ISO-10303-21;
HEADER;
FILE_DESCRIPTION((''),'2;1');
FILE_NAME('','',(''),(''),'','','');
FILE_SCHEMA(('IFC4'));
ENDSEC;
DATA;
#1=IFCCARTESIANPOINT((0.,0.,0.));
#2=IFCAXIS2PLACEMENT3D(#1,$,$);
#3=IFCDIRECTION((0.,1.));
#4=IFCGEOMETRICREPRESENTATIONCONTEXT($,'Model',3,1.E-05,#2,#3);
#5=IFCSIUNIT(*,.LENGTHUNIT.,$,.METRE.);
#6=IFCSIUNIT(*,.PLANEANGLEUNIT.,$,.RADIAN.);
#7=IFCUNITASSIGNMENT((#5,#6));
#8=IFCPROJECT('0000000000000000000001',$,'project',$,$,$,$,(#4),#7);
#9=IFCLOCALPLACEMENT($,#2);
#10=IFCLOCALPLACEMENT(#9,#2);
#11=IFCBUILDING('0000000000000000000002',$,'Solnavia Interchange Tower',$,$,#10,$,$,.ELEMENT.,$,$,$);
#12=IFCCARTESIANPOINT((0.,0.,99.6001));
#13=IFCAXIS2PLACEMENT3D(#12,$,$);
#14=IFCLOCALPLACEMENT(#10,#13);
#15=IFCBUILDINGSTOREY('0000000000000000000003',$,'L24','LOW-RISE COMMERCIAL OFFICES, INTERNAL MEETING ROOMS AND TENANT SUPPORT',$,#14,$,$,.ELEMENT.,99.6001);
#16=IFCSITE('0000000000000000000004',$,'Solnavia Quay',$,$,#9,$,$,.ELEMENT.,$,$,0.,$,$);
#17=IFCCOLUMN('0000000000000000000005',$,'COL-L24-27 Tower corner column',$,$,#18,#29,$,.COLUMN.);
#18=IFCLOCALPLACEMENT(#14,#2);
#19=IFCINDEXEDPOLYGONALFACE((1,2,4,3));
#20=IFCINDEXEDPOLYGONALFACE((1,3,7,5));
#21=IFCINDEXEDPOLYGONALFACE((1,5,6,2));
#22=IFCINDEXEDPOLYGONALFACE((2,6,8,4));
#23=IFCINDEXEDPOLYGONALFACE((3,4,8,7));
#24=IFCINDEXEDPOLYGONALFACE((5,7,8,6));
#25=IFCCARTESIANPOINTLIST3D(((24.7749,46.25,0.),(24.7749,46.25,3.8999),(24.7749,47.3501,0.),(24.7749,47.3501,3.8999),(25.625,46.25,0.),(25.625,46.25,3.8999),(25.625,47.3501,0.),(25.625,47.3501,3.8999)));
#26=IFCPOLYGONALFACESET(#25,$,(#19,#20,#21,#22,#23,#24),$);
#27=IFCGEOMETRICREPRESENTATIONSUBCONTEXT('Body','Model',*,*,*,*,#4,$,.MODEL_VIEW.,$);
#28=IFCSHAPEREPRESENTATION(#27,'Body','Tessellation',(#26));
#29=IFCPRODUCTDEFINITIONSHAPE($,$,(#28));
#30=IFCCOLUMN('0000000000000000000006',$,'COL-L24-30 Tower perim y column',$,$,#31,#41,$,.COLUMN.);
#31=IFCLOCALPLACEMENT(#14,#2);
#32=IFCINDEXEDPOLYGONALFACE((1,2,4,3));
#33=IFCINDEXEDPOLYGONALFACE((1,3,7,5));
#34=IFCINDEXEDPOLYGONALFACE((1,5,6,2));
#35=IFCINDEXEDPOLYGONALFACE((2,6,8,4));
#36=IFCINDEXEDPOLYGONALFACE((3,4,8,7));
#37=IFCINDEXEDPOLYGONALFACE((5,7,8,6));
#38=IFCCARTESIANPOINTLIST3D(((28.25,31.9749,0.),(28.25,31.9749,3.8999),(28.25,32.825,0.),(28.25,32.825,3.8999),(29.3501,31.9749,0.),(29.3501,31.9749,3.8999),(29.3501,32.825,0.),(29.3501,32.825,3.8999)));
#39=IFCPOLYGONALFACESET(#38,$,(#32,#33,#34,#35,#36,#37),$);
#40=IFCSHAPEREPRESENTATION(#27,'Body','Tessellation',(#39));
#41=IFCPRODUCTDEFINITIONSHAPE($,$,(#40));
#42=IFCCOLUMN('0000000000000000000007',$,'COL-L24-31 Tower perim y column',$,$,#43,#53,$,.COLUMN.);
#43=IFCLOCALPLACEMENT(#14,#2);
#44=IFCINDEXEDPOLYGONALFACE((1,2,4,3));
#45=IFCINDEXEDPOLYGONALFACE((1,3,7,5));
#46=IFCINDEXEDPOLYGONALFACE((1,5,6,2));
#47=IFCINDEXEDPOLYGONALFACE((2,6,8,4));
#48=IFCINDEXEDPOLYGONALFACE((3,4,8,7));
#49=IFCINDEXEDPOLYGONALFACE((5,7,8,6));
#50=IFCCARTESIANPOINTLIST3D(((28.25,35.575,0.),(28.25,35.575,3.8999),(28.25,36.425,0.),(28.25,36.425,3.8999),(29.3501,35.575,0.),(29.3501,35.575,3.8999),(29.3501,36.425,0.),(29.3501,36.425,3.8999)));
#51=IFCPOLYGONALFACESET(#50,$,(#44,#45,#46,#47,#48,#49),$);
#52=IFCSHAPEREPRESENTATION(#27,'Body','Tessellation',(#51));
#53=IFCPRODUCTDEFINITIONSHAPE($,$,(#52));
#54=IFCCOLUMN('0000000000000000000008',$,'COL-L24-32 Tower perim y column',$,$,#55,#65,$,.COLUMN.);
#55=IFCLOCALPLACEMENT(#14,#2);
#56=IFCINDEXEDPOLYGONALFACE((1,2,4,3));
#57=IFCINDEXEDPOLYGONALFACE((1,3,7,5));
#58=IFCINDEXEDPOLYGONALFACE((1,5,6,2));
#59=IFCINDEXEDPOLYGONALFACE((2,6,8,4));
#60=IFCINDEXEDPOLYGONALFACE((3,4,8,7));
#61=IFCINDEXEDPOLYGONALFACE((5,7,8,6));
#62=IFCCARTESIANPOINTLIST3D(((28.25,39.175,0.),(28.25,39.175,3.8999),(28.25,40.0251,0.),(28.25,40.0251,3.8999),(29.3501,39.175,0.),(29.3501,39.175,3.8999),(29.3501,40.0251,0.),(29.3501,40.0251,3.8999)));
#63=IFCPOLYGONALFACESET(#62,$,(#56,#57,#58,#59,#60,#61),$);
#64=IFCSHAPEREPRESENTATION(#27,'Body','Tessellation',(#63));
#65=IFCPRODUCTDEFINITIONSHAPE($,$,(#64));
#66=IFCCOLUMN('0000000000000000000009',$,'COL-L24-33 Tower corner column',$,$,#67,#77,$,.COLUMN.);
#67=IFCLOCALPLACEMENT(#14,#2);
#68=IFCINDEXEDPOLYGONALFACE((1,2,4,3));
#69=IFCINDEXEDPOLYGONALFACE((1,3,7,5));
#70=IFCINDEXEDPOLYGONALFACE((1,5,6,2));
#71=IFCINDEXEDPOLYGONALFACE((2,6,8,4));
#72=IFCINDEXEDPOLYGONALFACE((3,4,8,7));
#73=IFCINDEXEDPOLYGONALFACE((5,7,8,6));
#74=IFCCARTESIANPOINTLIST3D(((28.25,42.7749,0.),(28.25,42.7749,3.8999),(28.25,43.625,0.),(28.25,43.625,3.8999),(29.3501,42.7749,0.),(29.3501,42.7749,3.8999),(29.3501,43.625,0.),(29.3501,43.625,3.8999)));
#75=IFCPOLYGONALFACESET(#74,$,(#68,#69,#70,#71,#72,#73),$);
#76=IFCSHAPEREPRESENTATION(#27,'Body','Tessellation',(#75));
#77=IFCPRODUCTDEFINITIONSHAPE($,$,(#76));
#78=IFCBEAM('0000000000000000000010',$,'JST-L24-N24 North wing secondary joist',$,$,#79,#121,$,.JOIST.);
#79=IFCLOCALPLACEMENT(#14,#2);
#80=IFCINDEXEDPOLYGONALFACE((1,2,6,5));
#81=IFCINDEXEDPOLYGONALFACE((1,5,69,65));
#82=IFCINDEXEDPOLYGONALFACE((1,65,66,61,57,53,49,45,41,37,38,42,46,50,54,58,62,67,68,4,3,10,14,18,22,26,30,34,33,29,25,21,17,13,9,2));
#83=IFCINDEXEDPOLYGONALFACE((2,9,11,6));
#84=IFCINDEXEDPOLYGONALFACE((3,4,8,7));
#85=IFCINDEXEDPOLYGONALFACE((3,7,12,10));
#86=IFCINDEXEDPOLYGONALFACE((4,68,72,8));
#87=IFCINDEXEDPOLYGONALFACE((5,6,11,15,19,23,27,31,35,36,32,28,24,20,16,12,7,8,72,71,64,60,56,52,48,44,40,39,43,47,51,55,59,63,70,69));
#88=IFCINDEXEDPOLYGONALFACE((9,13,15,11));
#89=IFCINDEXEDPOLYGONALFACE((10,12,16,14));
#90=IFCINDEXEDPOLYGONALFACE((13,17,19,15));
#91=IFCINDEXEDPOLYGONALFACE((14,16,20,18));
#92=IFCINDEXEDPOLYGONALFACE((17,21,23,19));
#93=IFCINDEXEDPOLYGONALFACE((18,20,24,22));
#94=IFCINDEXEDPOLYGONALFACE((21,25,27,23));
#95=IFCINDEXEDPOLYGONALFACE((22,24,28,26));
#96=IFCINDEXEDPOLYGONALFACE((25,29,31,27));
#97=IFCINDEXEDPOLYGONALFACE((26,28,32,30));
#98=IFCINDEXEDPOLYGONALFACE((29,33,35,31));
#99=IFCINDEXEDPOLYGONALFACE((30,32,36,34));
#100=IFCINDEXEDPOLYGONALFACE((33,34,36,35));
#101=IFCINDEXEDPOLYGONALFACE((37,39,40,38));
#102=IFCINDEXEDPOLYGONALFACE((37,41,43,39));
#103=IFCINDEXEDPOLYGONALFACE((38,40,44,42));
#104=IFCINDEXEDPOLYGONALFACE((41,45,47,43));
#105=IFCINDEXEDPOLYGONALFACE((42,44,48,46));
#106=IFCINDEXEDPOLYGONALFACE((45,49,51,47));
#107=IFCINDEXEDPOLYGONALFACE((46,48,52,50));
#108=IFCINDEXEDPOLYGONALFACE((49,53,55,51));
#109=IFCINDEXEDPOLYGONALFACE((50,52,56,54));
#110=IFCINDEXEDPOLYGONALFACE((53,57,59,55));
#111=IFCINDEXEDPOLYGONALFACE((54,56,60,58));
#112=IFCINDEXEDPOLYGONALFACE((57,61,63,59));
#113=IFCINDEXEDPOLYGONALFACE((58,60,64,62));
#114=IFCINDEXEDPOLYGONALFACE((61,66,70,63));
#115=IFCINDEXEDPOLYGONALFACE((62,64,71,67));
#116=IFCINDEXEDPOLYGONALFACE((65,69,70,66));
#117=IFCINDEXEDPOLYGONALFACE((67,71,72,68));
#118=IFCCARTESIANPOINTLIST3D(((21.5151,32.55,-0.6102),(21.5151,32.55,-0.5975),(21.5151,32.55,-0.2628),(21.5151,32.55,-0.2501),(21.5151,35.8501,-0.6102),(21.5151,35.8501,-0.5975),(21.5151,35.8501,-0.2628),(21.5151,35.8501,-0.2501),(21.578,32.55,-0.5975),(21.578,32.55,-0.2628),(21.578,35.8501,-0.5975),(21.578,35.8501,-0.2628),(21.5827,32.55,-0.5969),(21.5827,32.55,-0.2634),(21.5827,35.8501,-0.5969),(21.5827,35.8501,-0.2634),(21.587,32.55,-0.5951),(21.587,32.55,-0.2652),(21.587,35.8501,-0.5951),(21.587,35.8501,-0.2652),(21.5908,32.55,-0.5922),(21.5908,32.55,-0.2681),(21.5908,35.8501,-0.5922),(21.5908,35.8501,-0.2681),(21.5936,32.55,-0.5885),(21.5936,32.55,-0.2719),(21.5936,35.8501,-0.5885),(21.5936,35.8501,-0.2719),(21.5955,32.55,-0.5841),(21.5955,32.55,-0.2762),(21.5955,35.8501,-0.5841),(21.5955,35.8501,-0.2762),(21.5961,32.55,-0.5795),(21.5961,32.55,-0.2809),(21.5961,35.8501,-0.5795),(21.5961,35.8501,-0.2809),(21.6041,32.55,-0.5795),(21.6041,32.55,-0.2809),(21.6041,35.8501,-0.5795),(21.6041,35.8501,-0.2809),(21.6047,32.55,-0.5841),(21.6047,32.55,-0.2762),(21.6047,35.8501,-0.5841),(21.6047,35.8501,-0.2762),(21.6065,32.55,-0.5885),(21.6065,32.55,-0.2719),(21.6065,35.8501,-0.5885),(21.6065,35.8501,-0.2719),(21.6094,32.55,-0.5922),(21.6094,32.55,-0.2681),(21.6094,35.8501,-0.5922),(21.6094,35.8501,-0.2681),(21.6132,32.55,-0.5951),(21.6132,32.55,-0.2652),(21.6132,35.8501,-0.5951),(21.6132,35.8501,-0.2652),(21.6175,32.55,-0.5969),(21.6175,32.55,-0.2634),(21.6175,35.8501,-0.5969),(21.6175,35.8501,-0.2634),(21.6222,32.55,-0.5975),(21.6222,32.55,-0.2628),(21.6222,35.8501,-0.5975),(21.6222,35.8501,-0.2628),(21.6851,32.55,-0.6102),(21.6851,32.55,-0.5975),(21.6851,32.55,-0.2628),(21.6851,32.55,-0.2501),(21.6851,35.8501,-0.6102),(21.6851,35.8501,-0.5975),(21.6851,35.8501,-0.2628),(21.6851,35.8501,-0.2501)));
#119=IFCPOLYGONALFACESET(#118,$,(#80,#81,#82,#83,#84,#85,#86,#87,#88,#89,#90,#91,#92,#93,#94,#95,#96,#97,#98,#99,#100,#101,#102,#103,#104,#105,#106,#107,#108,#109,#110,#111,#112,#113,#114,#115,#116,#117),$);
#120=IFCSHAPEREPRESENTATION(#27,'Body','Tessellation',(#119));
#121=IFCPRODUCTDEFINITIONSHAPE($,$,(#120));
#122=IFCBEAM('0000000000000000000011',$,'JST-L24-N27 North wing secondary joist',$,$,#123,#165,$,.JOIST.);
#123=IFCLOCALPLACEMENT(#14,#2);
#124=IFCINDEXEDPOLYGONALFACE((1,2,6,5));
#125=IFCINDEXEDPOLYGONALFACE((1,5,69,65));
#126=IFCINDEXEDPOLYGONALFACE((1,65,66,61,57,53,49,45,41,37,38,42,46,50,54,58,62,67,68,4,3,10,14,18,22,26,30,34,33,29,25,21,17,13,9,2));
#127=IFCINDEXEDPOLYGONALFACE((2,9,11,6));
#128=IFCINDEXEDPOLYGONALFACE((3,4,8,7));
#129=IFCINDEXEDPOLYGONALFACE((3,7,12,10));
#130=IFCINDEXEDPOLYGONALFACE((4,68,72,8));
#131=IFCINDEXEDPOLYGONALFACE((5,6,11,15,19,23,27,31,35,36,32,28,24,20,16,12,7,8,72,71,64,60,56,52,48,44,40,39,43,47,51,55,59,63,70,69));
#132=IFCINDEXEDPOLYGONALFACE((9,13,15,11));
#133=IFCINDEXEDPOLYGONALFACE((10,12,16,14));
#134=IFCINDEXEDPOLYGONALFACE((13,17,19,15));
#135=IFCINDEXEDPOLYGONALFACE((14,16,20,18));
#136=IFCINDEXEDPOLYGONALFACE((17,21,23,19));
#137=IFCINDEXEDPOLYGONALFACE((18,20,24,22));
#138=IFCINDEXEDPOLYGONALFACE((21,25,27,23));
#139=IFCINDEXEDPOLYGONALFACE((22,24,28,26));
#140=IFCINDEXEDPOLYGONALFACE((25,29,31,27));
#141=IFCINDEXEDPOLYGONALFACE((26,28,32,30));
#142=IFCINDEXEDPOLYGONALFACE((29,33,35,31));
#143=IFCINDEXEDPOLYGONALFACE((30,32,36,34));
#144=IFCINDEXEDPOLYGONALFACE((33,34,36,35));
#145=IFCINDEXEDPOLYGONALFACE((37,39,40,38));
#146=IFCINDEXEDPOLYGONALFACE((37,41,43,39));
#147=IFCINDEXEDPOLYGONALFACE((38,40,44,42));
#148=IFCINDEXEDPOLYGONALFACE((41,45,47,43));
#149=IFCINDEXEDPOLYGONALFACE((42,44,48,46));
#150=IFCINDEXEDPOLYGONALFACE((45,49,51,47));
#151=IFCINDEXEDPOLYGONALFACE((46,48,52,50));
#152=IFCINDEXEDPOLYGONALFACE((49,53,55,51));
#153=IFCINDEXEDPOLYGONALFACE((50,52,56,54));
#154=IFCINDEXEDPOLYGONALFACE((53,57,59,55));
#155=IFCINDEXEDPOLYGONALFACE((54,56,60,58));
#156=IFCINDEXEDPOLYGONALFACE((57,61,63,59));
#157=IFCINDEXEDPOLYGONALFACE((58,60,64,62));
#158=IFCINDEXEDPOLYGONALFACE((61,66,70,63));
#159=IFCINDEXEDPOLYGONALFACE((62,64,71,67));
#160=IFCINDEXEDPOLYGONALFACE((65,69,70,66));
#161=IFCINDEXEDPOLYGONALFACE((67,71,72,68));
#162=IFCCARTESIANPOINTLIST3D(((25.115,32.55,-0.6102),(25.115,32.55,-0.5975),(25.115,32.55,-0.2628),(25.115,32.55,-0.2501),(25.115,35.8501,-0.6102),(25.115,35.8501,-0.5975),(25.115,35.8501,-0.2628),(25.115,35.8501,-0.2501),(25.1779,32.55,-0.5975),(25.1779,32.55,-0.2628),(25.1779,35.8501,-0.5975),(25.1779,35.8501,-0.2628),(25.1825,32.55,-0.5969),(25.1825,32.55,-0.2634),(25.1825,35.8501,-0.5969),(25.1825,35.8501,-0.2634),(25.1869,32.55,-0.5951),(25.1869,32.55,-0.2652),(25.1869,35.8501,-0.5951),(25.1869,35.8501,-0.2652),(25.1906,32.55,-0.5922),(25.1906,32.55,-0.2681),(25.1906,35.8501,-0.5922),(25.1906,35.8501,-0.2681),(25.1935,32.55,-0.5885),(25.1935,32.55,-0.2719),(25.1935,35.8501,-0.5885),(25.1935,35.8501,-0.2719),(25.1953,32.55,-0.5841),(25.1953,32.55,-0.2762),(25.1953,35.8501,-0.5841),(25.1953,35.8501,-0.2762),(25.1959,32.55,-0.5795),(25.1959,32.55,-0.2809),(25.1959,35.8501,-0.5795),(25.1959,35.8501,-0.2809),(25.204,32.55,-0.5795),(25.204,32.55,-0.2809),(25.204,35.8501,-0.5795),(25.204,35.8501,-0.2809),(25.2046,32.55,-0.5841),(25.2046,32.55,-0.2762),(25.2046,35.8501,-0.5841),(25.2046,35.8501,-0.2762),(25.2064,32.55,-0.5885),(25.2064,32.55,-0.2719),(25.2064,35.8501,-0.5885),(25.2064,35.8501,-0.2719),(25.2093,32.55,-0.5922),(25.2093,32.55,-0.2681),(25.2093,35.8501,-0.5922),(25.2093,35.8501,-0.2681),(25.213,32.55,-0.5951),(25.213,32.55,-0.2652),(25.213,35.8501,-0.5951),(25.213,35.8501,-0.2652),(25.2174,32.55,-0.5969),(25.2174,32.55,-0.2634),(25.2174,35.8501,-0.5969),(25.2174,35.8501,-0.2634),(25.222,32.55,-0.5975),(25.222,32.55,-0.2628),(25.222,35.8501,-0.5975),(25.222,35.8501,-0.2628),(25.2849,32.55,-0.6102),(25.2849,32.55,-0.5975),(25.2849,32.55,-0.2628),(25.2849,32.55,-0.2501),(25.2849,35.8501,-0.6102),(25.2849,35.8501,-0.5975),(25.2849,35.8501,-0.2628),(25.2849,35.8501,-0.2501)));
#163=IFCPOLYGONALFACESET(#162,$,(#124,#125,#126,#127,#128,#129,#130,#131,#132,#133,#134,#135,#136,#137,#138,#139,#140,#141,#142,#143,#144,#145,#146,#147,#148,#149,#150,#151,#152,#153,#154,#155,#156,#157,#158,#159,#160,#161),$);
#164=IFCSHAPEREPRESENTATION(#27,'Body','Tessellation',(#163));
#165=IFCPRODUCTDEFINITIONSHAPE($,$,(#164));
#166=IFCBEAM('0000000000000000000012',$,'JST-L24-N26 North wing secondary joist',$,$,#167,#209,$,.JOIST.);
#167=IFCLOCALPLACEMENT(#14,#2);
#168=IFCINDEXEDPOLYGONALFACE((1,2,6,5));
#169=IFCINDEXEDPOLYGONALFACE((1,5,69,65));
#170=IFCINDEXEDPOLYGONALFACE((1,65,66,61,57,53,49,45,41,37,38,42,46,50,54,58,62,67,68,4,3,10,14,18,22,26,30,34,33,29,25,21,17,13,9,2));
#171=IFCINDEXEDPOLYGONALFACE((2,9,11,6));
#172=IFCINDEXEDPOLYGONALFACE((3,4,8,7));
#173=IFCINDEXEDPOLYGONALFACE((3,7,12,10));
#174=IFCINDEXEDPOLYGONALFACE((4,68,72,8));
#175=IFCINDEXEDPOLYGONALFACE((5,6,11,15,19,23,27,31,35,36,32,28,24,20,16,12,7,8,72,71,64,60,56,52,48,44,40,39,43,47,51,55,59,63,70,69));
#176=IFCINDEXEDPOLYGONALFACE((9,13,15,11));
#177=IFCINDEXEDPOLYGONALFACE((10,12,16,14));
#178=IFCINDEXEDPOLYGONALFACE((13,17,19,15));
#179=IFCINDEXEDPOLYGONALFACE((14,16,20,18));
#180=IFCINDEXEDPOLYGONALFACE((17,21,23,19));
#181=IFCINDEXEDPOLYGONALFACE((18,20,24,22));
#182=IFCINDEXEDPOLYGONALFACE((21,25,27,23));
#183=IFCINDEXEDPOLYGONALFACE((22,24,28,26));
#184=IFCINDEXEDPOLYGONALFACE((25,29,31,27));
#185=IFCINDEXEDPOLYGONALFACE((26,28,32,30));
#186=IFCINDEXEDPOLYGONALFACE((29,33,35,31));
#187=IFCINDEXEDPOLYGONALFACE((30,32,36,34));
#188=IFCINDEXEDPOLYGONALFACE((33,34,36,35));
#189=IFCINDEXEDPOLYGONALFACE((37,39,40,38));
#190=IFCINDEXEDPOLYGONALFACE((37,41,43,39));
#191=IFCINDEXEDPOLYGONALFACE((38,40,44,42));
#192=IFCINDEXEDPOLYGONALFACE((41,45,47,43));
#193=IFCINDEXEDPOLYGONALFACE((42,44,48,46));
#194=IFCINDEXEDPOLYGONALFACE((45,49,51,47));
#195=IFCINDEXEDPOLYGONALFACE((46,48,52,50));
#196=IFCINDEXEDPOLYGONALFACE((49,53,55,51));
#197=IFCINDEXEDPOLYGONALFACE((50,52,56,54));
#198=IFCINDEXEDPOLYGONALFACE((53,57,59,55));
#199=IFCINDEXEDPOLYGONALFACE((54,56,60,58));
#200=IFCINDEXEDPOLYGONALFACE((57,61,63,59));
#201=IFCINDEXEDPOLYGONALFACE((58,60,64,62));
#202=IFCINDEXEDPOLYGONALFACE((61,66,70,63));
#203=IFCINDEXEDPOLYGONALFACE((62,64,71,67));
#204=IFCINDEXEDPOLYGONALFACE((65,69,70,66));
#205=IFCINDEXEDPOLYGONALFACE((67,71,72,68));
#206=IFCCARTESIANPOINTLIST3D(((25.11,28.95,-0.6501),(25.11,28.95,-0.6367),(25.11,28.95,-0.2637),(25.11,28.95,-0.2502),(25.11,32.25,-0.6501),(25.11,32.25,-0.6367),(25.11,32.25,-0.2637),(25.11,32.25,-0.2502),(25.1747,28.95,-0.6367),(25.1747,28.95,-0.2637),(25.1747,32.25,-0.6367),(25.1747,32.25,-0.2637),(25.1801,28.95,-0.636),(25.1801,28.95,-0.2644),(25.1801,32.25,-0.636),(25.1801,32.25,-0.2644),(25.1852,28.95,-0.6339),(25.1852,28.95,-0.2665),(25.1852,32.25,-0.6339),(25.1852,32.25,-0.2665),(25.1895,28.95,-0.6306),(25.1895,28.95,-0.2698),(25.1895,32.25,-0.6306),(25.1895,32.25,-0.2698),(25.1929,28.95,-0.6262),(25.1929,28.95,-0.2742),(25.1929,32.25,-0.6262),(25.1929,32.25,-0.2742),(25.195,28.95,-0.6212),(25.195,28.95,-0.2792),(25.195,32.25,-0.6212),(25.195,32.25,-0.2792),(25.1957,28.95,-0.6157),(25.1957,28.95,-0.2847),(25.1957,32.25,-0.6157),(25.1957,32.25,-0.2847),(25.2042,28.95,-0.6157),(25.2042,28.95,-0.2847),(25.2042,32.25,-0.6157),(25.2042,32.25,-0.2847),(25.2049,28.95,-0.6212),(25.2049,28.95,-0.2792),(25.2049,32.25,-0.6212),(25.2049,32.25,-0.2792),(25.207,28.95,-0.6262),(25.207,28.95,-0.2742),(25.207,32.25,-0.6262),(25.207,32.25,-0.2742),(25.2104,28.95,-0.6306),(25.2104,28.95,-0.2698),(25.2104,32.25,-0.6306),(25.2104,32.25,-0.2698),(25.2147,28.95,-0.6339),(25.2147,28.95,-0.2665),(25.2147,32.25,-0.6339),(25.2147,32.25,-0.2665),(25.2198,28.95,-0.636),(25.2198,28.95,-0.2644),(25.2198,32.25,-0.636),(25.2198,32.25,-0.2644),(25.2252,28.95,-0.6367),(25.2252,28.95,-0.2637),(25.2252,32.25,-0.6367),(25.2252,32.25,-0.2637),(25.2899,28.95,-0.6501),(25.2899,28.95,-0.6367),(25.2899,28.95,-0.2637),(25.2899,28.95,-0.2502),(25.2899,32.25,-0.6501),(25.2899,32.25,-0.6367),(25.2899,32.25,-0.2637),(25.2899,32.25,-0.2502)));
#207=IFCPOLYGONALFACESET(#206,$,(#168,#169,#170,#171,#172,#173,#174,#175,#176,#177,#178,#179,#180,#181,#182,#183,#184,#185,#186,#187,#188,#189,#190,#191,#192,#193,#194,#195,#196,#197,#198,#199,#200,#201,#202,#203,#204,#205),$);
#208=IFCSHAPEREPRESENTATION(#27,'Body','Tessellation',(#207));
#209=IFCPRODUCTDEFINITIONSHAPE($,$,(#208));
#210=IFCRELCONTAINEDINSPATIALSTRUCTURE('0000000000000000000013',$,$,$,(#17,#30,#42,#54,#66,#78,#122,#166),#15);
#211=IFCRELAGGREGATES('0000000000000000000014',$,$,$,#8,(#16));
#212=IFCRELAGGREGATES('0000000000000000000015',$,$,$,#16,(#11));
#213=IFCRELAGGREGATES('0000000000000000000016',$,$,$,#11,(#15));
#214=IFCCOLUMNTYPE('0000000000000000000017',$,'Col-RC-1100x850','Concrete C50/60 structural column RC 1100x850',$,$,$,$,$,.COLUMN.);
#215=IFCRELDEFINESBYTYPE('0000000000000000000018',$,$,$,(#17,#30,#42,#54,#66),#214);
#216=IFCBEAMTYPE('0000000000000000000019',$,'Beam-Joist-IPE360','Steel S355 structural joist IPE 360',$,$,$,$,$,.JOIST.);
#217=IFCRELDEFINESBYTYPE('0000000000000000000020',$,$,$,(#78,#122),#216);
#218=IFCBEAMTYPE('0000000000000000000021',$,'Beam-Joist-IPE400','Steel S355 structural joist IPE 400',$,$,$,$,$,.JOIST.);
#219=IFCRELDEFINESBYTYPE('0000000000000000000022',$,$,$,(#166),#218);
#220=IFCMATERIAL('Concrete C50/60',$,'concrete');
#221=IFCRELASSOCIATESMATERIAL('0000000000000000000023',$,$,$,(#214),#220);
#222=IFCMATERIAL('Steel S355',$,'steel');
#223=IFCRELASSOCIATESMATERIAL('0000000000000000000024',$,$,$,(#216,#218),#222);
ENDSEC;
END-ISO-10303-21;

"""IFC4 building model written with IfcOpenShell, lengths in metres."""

from ifc_helpers import new_model, si_unit, direction, frame, origin, origin_2d, place, context, subcontext, project, spatial, rectangle, i_section, extrude, material, material_profile, profile_set, type_object, element, save


model = new_model("IFC4")

# Units and contexts
model_context = context("Model", 3, precision=1e-05, world=origin(), true_north=direction((0.0, 1.0)))
body_context = subcontext(model_context, "Body", "Model", "MODEL_VIEW")
ifc_project = project(units=[si_unit("LENGTHUNIT", "METRE"), si_unit("PLANEANGLEUNIT", "RADIAN")], contexts=[model_context])

# Site, building, storey
site_placement = place(None, origin())
site = spatial("IfcSite", under=ifc_project, at=site_placement, Name="Solnavia Quay", CompositionType="ELEMENT", RefElevation=0.0)
building_placement = place(site_placement, origin())
building = spatial("IfcBuilding", under=site, at=building_placement, Name="Solnavia Interchange Tower", CompositionType="ELEMENT")
storey_placement = place(building_placement, frame((0.0, 0.0, 99.6001)))
storey = spatial("IfcBuildingStorey", under=building, at=storey_placement, Name="L24", Description="LOW-RISE COMMERCIAL OFFICES, INTERNAL MEETING ROOMS AND TENANT SUPPORT", CompositionType="ELEMENT", Elevation=99.6001)

# Columns
ifc_material_1 = material(Name="Concrete C50/60", Category="concrete")
ifc_material_profile_1 = material_profile(ifc_material_1, rectangle(XDim=0.8501, YDim=1.1001, at=origin_2d()), Name="RC 1100x850")
ifc_profile_set_1 = profile_set([ifc_material_profile_1], Name="Concrete C50/60")
column_type = type_object("IfcColumnType", Name="Col-RC-1100x850", Description="Concrete C50/60 structural column RC 1100x850", PredefinedType="COLUMN", material=ifc_profile_set_1)
for number, where, z_axis, x_axis, name in (
    (1, (25.2, 46.8, 0.0), (0.0, 0.0, 1.0), (1.0, 0.0, 0.0), "COL-L24-27 Tower corner column"),
    (2, (28.8, 32.3999, 0.0), (0.0, 0.0, 1.0), (0.0, 1.0, 0.0), "COL-L24-30 Tower perim y column"),
    (3, (28.8, 36.0, 0.0), (0.0, 0.0, 1.0), (0.0, 1.0, 0.0), "COL-L24-31 Tower perim y column"),
    (4, (28.8, 39.6001, 0.0), (0.0, 0.0, 1.0), (0.0, 1.0, 0.0), "COL-L24-32 Tower perim y column"),
    (5, (28.8, 43.2, 0.0), (0.0, 0.0, 1.0), (0.0, 1.0, 0.0), "COL-L24-33 Tower corner column"),
):
    element("IfcColumn", number, at=place(storey_placement, frame(where, z_axis=z_axis, x_axis=x_axis)), inside=storey, type_object=column_type, Name=name, PredefinedType="COLUMN", context=body_context, shape_type="SweptSolid", body=[
        extrude(rectangle(XDim=0.8501, YDim=1.1001, at=origin_2d()), origin(), (0.0, 0.0, 1.0), 3.8999),
    ])

# Beams
ifc_material_2 = material(Name="Steel S355", Category="steel")
ifc_material_profile_2 = material_profile(ifc_material_2, i_section(OverallWidth=0.1699, OverallDepth=0.3601, WebThickness=0.0081, FlangeThickness=0.0127, FilletRadius=0.0181, at=origin_2d()), Name="IPE 360")
ifc_profile_set_2 = profile_set([ifc_material_profile_2], Name="Steel S355")
beam_type_1 = type_object("IfcBeamType", Name="Beam-Joist-IPE360", Description="Steel S355 structural joist IPE 360", PredefinedType="JOIST", material=ifc_profile_set_2)
for number, where, z_axis, x_axis, name in (
    (6, (21.6001, 32.55, -0.4302), (0.0, 1.0, 0.0), (-1.0, 0.0, 0.0), "JST-L24-N24 North wing secondary joist"),
    (7, (25.2, 32.55, -0.4302), (0.0, 1.0, 0.0), (-1.0, 0.0, 0.0), "JST-L24-N27 North wing secondary joist"),
):
    element("IfcBeam", number, at=place(storey_placement, frame(where, z_axis=z_axis, x_axis=x_axis)), inside=storey, type_object=beam_type_1, Name=name, PredefinedType="JOIST", context=body_context, shape_type="SweptSolid", body=[
        extrude(i_section(OverallWidth=0.1699, OverallDepth=0.3601, WebThickness=0.0081, FlangeThickness=0.0127, FilletRadius=0.0181, at=origin_2d()), origin(), (0.0, 0.0, 1.0), 3.3),
    ])
ifc_material_profile_3 = material_profile(ifc_material_2, i_section(OverallWidth=0.1799, OverallDepth=0.3999, WebThickness=0.0085, FlangeThickness=0.0134, FilletRadius=0.021, at=origin_2d()), Name="IPE 400")
ifc_profile_set_3 = profile_set([ifc_material_profile_3], Name="Steel S355")
beam_type_2 = type_object("IfcBeamType", Name="Beam-Joist-IPE400", Description="Steel S355 structural joist IPE 400", PredefinedType="JOIST", material=ifc_profile_set_3)
beam_placement = place(storey_placement, frame((25.2, 28.95, -0.4502), z_axis=(0.0, 1.0, 0.0), x_axis=(-1.0, 0.0, 0.0)))
element("IfcBeam", 8, at=beam_placement, inside=storey, type_object=beam_type_2, Name="JST-L24-N26 North wing secondary joist", PredefinedType="JOIST", context=body_context, shape_type="SweptSolid", body=[
    extrude(i_section(OverallWidth=0.1799, OverallDepth=0.3999, WebThickness=0.0085, FlangeThickness=0.0134, FilletRadius=0.021, at=origin_2d()), origin(), (0.0, 0.0, 1.0), 3.3),
])

save(model, "model.ifc")
